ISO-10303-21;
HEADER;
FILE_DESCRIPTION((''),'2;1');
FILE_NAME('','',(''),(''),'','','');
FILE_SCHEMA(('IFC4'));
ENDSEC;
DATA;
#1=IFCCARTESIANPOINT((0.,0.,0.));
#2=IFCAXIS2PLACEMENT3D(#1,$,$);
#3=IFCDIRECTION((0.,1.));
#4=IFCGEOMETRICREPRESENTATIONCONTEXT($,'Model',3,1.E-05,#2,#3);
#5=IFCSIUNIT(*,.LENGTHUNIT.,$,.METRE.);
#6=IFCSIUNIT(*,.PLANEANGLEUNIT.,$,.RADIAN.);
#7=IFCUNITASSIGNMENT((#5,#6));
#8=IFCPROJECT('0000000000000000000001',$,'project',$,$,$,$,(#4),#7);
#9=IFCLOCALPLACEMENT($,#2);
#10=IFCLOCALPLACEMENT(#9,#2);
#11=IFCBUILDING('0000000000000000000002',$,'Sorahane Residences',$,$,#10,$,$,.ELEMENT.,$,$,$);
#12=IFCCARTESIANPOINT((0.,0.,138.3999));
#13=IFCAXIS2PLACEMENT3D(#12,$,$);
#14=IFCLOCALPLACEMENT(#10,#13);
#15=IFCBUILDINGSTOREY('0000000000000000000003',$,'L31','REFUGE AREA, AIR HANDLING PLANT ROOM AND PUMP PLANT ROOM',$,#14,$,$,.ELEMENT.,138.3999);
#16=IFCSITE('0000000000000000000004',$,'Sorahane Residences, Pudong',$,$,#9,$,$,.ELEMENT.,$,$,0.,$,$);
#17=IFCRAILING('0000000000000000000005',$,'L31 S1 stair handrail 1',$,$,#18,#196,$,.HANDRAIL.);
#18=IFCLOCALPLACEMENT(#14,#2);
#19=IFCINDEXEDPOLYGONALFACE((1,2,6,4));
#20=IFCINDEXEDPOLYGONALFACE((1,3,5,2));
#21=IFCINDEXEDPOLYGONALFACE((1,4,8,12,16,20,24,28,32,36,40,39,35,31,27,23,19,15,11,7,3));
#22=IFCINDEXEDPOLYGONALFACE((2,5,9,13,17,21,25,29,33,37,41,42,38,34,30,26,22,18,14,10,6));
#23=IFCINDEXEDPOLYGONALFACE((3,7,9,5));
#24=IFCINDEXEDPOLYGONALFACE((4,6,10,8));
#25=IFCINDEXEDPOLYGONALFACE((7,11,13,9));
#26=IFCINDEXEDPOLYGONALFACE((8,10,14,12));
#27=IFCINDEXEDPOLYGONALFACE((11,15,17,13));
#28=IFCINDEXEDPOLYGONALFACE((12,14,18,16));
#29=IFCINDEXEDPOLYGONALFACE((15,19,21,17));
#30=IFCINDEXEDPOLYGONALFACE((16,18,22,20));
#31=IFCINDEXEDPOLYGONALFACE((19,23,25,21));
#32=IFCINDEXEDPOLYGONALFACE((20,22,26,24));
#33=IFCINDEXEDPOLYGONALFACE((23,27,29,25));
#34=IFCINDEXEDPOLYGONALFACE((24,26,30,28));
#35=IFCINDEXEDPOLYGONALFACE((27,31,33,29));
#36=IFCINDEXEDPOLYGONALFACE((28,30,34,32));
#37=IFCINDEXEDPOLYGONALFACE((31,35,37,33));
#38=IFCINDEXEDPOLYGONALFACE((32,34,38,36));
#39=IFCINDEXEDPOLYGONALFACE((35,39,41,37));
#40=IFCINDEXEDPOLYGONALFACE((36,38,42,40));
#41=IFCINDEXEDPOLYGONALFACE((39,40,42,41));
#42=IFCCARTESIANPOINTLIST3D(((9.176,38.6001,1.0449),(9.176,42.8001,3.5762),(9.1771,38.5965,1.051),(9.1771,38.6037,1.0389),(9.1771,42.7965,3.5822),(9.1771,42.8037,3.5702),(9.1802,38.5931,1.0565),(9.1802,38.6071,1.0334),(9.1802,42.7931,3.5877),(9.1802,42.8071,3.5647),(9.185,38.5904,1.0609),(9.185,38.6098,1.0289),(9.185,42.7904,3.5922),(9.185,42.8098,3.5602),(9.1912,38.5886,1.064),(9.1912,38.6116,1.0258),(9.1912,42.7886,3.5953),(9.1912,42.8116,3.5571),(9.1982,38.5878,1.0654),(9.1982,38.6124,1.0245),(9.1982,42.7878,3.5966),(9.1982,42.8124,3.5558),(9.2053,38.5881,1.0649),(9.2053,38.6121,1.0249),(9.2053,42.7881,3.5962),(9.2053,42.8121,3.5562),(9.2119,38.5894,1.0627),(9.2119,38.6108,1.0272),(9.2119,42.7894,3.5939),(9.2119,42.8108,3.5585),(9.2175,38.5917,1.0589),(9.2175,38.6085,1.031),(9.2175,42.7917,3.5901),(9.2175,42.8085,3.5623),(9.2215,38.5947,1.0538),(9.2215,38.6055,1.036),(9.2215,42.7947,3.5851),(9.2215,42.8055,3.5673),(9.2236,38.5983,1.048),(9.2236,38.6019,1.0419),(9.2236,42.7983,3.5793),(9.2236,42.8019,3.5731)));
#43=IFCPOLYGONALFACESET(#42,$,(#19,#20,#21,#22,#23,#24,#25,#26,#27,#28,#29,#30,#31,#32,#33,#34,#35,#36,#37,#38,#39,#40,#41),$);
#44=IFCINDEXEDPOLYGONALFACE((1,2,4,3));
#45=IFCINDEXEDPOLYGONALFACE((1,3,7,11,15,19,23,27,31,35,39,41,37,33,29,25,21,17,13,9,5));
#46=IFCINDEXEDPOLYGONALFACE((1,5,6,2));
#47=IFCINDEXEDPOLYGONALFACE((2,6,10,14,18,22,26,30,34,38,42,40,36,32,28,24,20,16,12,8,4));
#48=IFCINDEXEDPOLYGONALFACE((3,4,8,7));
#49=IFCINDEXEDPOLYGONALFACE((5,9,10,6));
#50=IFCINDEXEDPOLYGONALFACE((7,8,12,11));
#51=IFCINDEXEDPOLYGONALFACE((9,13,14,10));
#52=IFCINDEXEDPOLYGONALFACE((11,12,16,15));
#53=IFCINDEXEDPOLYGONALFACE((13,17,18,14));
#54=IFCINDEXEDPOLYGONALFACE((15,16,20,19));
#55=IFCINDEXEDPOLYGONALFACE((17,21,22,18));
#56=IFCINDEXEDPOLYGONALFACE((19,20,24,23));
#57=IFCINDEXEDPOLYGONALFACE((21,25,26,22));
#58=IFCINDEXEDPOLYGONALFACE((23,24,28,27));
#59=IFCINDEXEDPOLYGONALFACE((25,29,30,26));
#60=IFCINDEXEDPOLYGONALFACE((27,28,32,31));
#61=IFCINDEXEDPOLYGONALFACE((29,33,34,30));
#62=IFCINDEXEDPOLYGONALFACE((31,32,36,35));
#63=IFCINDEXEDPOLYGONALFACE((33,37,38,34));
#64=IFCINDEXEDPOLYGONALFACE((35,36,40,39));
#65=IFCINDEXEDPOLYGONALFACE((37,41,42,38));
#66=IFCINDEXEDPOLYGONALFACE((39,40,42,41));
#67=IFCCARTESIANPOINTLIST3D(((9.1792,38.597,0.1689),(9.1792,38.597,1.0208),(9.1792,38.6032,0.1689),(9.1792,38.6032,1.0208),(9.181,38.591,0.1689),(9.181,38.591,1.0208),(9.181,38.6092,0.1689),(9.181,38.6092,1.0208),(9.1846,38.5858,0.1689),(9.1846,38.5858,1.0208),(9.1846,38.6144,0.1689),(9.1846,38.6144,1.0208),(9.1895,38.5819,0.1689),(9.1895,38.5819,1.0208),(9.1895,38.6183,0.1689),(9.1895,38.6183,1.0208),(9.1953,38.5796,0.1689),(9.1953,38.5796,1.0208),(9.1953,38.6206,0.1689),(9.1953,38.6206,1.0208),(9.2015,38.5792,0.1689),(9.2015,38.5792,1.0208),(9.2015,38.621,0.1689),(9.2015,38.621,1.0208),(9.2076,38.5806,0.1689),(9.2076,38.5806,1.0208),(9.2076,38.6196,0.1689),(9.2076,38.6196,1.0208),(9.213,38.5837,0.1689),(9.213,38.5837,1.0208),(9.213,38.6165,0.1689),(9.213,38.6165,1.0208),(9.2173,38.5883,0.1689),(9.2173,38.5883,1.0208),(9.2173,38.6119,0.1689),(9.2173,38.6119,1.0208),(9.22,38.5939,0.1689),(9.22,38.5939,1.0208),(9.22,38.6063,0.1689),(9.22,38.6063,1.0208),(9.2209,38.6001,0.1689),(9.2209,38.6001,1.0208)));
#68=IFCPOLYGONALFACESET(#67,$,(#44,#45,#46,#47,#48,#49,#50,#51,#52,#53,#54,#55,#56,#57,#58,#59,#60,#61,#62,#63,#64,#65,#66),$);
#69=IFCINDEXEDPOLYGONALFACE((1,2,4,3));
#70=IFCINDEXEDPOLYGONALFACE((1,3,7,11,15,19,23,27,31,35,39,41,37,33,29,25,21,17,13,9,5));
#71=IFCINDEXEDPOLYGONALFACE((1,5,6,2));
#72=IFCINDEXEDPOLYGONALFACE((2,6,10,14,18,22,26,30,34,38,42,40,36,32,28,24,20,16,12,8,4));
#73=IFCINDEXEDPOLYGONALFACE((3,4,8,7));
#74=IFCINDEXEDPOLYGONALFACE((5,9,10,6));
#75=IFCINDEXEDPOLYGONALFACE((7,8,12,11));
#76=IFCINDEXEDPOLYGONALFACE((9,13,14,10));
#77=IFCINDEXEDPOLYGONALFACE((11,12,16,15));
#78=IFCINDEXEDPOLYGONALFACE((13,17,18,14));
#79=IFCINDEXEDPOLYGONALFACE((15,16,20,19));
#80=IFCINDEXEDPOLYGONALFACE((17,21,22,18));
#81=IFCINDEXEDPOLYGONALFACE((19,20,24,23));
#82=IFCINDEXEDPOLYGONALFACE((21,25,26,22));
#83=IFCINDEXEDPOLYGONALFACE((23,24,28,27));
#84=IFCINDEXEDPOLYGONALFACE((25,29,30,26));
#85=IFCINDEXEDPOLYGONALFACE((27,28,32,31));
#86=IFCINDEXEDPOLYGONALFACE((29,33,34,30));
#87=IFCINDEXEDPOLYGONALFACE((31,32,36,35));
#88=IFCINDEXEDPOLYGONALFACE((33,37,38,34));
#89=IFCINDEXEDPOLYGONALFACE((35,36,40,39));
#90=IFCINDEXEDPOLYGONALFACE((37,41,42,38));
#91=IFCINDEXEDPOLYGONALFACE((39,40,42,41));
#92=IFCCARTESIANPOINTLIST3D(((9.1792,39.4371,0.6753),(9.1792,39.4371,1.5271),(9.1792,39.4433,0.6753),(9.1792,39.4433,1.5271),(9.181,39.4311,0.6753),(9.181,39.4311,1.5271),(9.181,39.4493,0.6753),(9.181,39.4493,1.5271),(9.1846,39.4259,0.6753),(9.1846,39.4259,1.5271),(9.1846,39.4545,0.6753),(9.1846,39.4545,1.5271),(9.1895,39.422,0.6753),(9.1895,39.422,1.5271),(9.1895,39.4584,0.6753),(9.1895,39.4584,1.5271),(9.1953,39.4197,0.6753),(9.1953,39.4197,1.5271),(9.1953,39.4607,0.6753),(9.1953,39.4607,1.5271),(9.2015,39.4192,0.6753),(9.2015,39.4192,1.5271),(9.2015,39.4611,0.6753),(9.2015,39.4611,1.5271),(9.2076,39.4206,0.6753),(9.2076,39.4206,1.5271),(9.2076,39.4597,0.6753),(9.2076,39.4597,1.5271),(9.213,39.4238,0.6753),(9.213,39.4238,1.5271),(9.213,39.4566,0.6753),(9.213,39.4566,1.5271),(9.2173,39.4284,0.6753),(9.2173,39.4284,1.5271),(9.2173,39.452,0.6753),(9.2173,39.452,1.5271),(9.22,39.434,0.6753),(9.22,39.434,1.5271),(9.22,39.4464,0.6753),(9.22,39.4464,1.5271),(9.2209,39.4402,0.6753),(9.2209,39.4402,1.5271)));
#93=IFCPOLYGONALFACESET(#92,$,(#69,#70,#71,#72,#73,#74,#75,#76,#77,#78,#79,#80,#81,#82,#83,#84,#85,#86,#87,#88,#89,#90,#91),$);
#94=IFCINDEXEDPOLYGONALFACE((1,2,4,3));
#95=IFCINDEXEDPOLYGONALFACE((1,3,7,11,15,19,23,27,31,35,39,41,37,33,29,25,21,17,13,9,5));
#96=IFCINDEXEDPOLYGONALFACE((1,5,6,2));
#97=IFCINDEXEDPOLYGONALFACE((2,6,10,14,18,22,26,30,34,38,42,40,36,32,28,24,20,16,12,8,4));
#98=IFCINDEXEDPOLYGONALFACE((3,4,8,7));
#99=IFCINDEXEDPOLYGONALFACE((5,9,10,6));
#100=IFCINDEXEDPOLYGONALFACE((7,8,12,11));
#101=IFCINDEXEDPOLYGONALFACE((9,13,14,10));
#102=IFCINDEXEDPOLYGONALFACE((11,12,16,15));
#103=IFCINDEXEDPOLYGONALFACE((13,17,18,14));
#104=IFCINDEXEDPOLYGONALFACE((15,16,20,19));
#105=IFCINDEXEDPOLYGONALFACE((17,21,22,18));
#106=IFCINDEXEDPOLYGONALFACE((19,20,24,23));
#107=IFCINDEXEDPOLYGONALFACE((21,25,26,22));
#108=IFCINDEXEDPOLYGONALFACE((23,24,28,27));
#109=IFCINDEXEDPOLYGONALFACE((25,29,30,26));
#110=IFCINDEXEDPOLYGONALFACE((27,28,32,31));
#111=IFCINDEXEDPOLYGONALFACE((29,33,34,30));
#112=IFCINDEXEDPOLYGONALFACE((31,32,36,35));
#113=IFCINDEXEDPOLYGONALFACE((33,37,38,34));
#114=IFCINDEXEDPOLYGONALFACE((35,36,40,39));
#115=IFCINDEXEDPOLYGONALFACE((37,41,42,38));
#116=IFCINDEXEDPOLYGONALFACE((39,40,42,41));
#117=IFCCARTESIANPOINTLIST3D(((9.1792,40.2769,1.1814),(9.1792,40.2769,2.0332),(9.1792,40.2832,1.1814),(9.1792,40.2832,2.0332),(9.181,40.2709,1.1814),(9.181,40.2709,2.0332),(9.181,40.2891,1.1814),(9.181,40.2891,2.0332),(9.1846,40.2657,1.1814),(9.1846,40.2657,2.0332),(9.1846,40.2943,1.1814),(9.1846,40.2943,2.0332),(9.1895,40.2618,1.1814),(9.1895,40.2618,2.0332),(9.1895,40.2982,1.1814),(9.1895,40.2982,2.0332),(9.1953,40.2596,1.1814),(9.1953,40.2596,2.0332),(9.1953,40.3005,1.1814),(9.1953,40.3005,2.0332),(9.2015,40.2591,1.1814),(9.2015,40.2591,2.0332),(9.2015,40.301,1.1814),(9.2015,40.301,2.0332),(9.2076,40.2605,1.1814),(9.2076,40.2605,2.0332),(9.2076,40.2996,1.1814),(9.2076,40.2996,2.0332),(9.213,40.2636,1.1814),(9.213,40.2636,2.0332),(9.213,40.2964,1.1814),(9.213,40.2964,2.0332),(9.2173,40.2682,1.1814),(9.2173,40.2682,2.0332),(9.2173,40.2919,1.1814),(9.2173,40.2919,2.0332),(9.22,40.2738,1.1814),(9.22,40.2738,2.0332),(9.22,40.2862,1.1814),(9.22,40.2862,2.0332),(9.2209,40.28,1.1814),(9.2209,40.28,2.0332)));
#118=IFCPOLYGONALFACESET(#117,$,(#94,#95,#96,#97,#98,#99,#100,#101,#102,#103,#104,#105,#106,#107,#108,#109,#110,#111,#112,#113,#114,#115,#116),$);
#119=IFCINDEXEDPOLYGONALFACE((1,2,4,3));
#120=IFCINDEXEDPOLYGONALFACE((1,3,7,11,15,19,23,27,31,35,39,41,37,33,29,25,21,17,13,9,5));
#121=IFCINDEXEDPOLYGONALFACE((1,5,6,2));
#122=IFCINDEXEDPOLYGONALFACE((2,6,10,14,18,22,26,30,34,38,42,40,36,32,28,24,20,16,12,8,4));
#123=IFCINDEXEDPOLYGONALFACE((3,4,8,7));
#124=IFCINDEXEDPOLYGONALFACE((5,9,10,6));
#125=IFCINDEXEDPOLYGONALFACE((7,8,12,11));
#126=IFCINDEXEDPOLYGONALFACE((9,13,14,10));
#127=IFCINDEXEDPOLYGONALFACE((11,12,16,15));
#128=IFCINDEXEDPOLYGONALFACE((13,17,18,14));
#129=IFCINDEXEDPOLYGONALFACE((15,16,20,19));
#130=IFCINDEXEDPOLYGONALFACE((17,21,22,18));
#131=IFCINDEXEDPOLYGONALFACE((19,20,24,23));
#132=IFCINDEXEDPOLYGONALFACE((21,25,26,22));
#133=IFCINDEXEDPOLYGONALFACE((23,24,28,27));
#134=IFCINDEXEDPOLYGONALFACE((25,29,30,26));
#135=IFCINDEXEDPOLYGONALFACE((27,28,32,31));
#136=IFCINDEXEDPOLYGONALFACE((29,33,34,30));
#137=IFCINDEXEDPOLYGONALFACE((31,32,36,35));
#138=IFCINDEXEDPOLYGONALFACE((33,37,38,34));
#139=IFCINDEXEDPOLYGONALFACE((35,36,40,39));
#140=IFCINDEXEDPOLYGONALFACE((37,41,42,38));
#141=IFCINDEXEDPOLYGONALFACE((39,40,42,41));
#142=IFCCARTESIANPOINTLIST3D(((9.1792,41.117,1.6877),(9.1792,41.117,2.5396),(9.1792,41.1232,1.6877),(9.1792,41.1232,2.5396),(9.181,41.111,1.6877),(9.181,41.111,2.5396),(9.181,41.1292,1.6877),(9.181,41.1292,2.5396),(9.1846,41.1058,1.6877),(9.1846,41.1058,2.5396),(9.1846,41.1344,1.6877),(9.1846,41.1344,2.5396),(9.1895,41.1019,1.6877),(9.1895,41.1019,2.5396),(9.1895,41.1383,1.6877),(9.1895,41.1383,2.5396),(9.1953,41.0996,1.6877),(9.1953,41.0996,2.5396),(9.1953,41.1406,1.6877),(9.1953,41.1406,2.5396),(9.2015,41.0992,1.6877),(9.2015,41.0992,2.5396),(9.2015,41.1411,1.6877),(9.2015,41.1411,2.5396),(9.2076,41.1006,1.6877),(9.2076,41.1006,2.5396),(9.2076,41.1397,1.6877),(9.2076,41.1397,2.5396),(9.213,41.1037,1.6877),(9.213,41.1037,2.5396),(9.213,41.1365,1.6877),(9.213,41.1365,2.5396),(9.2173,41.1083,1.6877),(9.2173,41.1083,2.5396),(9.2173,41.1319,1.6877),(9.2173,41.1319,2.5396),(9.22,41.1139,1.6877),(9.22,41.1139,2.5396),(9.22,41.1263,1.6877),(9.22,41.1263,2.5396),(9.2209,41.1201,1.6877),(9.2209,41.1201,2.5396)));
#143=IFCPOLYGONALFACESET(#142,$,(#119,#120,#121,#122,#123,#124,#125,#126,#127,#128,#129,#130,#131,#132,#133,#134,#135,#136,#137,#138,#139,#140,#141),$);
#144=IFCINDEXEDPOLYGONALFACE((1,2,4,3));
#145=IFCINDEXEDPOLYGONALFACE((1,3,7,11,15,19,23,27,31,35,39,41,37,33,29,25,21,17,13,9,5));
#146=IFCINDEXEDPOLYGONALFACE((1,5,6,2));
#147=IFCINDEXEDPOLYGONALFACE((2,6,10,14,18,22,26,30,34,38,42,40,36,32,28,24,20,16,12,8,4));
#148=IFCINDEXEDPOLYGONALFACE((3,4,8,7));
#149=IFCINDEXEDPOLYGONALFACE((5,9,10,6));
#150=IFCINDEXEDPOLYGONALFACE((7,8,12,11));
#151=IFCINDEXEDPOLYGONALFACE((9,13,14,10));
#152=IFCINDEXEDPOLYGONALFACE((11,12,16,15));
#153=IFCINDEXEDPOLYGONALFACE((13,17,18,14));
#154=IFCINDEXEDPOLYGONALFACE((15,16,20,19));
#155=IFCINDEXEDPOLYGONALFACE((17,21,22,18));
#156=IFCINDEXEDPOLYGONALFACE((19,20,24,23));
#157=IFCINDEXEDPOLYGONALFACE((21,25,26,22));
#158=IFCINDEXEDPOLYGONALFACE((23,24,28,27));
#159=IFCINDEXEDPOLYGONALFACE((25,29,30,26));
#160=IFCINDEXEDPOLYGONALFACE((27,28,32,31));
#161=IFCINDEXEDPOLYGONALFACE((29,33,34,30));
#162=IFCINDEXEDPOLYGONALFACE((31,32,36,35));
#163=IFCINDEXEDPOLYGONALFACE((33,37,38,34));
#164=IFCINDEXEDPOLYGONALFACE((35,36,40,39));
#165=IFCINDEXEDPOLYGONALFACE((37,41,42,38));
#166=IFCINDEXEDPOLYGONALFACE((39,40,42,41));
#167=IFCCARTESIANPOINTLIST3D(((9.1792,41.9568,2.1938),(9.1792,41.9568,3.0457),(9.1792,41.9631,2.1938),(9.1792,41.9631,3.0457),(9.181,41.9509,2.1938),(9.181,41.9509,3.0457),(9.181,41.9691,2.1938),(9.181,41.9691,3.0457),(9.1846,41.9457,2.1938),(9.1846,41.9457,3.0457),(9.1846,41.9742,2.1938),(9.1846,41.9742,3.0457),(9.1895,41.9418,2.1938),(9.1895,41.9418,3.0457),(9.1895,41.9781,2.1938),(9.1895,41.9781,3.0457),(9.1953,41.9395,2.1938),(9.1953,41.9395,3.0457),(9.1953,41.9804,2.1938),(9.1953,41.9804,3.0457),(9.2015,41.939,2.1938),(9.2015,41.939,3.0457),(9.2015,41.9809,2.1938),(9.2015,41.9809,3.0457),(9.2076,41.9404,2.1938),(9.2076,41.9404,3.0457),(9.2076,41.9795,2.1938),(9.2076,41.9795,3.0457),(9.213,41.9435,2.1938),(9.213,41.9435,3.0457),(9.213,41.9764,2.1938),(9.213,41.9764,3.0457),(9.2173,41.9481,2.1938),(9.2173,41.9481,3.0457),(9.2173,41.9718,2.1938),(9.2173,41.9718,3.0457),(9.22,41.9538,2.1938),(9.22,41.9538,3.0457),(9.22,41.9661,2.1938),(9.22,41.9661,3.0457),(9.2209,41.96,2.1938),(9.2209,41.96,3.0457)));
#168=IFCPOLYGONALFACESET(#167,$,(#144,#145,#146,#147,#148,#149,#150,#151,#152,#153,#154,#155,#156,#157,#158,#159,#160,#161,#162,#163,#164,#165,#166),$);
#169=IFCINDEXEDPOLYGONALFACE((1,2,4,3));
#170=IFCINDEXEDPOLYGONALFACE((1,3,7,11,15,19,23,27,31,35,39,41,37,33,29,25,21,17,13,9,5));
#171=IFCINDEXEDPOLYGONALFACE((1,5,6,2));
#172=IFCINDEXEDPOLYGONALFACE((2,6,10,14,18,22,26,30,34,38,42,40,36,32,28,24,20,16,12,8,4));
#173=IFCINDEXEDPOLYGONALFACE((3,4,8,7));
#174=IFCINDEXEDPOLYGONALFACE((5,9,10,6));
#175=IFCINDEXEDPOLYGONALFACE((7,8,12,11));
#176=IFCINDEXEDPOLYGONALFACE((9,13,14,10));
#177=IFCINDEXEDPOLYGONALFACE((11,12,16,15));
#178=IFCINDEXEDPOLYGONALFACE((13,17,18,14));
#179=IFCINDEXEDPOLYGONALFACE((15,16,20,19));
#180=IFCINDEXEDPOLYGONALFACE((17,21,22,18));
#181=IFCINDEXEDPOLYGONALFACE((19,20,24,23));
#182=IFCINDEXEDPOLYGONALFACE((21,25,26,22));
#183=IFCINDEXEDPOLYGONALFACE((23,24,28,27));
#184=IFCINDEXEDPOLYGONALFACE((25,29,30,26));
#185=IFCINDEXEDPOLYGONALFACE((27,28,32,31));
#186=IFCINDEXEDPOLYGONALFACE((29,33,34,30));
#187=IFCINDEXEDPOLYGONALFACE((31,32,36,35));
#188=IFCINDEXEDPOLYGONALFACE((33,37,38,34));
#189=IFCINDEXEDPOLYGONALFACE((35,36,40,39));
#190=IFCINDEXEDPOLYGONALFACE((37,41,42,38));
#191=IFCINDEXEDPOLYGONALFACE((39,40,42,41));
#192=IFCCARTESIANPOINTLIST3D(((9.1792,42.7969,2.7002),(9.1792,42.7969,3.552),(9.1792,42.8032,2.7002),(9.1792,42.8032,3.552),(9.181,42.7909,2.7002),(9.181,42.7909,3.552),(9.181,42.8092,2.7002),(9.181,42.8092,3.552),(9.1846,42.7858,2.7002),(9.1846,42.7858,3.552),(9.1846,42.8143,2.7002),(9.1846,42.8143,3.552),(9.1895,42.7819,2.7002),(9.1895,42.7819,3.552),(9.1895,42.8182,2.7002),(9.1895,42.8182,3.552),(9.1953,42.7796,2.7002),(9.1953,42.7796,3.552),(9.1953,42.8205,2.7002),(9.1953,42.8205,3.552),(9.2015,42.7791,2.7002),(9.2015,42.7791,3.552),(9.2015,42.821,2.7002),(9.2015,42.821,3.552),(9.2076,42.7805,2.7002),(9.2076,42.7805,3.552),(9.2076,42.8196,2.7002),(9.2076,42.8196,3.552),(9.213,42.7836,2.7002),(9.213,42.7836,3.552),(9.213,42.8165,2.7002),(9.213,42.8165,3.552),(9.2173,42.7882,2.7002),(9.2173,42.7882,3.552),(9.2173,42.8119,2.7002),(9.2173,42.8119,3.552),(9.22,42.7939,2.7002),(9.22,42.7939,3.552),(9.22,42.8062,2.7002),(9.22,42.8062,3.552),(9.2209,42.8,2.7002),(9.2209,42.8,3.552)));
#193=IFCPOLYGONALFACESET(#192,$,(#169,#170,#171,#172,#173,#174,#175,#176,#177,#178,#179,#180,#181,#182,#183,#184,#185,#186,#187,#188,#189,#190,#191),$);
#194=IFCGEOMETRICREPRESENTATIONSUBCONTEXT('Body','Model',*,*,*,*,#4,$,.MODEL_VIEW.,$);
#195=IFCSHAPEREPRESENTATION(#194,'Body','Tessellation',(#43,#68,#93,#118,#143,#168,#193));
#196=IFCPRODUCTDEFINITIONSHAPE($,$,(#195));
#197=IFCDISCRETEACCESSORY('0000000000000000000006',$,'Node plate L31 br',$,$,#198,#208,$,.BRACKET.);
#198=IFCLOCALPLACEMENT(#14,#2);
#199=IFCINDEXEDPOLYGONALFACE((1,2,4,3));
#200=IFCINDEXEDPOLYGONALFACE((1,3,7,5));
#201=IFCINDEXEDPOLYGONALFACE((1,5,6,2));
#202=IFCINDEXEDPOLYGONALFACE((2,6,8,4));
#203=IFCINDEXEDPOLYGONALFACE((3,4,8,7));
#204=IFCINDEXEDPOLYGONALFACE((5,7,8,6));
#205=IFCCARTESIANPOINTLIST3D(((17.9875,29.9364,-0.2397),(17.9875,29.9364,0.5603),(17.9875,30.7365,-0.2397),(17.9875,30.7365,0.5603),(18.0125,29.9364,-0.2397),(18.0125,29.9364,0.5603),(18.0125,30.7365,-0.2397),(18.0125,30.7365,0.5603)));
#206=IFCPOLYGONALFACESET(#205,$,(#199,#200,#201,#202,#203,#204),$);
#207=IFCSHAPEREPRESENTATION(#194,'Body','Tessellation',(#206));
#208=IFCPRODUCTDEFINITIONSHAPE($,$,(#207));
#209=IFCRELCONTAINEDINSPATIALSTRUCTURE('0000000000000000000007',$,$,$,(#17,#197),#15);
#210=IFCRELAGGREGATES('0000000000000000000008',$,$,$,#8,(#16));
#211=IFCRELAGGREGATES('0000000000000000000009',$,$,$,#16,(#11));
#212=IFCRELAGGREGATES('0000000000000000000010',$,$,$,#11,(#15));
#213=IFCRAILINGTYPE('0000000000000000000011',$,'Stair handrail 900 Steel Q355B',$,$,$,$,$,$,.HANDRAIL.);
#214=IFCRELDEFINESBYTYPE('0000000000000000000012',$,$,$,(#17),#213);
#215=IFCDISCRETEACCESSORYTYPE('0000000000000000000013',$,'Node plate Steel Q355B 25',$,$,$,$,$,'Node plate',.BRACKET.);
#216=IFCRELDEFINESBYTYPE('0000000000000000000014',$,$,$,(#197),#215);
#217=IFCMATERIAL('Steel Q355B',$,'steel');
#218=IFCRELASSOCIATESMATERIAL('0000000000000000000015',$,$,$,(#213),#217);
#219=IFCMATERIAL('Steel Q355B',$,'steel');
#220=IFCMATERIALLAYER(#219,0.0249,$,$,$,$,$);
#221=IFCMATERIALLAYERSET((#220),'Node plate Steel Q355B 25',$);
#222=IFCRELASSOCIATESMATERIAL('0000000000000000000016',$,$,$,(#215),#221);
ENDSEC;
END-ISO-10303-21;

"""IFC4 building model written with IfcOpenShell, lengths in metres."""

from ifc_helpers import new_model, si_unit, direction, frame, origin, origin_2d, place, context, subcontext, project, spatial, rectangle, circle, extrude, material, layer, layer_set, type_object, element, save


model = new_model("IFC4")

# Units and contexts
model_context = context("Model", 3, precision=1e-05, world=origin(), true_north=direction((0.0, 1.0)))
body_context = subcontext(model_context, "Body", "Model", "MODEL_VIEW")
ifc_project = project(units=[si_unit("LENGTHUNIT", "METRE"), si_unit("PLANEANGLEUNIT", "RADIAN")], contexts=[model_context])

# Site, building, storey
site_placement = place(None, origin())
site = spatial("IfcSite", under=ifc_project, at=site_placement, Name="Sorahane Residences, Pudong", CompositionType="ELEMENT", RefElevation=0.0)
building_placement = place(site_placement, origin())
building = spatial("IfcBuilding", under=site, at=building_placement, Name="Sorahane Residences", CompositionType="ELEMENT")
storey_placement = place(building_placement, frame((0.0, 0.0, 138.3999)))
storey = spatial("IfcBuildingStorey", under=building, at=storey_placement, Name="L31", Description="REFUGE AREA, AIR HANDLING PLANT ROOM AND PUMP PLANT ROOM", CompositionType="ELEMENT", Elevation=138.3999)

# Railing
ifc_material_1 = material(Name="Steel Q355B", Category="steel")
railing_type_1 = type_object("IfcRailingType", Name="Stair handrail 900 Steel Q355B", PredefinedType="HANDRAIL", material=ifc_material_1)
railing_1_placement = place(storey_placement, frame((9.2, 38.6001, 0.1689)))
element("IfcRailing", 1, at=railing_1_placement, inside=storey, type_object=railing_type_1, Name="L31 S1 stair handrail 1", PredefinedType="HANDRAIL", context=body_context, shape_type="SweptSolid", body=[
    extrude(circle(Radius=0.0239, at=origin_2d()), frame((0.0, 0.0, 0.876), z_axis=(0.0, 0.856476, 0.516186), x_axis=(-1.0, 0.0, 0.0)), (0.0, 0.0, 1.0), 4.9038),
    extrude(circle(Radius=0.021, at=origin_2d()), origin(), (0.0, 0.0, 1.0), 0.8518),
    extrude(circle(Radius=0.021, at=origin_2d()), frame((0.0, 0.8401, 0.5063)), (0.0, 0.0, 1.0), 0.8518),
    extrude(circle(Radius=0.021, at=origin_2d()), frame((0.0, 1.6799, 1.0125)), (0.0, 0.0, 1.0), 0.8518),
    extrude(circle(Radius=0.021, at=origin_2d()), frame((0.0, 2.52, 1.5188)), (0.0, 0.0, 1.0), 0.8518),
    extrude(circle(Radius=0.021, at=origin_2d()), frame((0.0, 3.3599, 2.0249)), (0.0, 0.0, 1.0), 0.8518),
    extrude(circle(Radius=0.021, at=origin_2d()), frame((0.0, 4.2, 2.5312)), (0.0, 0.0, 1.0), 0.8518),
])

# Discrete accessory
ifc_material_2 = material(Name="Steel Q355B", Category="steel")
ifc_layer_1 = layer(ifc_material_2, 0.0249)
ifc_layer_set_1 = layer_set([ifc_layer_1], Name="Node plate Steel Q355B 25")
discrete_accessory_type = type_object("IfcDiscreteAccessoryType", Name="Node plate Steel Q355B 25", ElementType="Node plate", PredefinedType="BRACKET", material=ifc_layer_set_1)
for number, where, z_axis, x_axis, name in (
    (2, (18.0, 30.3364, -0.2397), (0.0, 0.0, 1.0), (0.0, 1.0, 0.0), "Node plate L31 br"),
):
    element("IfcDiscreteAccessory", number, at=place(storey_placement, frame(where, z_axis=z_axis, x_axis=x_axis)), inside=storey, type_object=discrete_accessory_type, Name=name, PredefinedType="BRACKET", context=body_context, shape_type="SweptSolid", body=[
        extrude(rectangle(XDim=0.8, YDim=0.0249, at=origin_2d()), origin(), (0.0, 0.0, 1.0), 0.8),
    ])

save(model, "model.ifc")
